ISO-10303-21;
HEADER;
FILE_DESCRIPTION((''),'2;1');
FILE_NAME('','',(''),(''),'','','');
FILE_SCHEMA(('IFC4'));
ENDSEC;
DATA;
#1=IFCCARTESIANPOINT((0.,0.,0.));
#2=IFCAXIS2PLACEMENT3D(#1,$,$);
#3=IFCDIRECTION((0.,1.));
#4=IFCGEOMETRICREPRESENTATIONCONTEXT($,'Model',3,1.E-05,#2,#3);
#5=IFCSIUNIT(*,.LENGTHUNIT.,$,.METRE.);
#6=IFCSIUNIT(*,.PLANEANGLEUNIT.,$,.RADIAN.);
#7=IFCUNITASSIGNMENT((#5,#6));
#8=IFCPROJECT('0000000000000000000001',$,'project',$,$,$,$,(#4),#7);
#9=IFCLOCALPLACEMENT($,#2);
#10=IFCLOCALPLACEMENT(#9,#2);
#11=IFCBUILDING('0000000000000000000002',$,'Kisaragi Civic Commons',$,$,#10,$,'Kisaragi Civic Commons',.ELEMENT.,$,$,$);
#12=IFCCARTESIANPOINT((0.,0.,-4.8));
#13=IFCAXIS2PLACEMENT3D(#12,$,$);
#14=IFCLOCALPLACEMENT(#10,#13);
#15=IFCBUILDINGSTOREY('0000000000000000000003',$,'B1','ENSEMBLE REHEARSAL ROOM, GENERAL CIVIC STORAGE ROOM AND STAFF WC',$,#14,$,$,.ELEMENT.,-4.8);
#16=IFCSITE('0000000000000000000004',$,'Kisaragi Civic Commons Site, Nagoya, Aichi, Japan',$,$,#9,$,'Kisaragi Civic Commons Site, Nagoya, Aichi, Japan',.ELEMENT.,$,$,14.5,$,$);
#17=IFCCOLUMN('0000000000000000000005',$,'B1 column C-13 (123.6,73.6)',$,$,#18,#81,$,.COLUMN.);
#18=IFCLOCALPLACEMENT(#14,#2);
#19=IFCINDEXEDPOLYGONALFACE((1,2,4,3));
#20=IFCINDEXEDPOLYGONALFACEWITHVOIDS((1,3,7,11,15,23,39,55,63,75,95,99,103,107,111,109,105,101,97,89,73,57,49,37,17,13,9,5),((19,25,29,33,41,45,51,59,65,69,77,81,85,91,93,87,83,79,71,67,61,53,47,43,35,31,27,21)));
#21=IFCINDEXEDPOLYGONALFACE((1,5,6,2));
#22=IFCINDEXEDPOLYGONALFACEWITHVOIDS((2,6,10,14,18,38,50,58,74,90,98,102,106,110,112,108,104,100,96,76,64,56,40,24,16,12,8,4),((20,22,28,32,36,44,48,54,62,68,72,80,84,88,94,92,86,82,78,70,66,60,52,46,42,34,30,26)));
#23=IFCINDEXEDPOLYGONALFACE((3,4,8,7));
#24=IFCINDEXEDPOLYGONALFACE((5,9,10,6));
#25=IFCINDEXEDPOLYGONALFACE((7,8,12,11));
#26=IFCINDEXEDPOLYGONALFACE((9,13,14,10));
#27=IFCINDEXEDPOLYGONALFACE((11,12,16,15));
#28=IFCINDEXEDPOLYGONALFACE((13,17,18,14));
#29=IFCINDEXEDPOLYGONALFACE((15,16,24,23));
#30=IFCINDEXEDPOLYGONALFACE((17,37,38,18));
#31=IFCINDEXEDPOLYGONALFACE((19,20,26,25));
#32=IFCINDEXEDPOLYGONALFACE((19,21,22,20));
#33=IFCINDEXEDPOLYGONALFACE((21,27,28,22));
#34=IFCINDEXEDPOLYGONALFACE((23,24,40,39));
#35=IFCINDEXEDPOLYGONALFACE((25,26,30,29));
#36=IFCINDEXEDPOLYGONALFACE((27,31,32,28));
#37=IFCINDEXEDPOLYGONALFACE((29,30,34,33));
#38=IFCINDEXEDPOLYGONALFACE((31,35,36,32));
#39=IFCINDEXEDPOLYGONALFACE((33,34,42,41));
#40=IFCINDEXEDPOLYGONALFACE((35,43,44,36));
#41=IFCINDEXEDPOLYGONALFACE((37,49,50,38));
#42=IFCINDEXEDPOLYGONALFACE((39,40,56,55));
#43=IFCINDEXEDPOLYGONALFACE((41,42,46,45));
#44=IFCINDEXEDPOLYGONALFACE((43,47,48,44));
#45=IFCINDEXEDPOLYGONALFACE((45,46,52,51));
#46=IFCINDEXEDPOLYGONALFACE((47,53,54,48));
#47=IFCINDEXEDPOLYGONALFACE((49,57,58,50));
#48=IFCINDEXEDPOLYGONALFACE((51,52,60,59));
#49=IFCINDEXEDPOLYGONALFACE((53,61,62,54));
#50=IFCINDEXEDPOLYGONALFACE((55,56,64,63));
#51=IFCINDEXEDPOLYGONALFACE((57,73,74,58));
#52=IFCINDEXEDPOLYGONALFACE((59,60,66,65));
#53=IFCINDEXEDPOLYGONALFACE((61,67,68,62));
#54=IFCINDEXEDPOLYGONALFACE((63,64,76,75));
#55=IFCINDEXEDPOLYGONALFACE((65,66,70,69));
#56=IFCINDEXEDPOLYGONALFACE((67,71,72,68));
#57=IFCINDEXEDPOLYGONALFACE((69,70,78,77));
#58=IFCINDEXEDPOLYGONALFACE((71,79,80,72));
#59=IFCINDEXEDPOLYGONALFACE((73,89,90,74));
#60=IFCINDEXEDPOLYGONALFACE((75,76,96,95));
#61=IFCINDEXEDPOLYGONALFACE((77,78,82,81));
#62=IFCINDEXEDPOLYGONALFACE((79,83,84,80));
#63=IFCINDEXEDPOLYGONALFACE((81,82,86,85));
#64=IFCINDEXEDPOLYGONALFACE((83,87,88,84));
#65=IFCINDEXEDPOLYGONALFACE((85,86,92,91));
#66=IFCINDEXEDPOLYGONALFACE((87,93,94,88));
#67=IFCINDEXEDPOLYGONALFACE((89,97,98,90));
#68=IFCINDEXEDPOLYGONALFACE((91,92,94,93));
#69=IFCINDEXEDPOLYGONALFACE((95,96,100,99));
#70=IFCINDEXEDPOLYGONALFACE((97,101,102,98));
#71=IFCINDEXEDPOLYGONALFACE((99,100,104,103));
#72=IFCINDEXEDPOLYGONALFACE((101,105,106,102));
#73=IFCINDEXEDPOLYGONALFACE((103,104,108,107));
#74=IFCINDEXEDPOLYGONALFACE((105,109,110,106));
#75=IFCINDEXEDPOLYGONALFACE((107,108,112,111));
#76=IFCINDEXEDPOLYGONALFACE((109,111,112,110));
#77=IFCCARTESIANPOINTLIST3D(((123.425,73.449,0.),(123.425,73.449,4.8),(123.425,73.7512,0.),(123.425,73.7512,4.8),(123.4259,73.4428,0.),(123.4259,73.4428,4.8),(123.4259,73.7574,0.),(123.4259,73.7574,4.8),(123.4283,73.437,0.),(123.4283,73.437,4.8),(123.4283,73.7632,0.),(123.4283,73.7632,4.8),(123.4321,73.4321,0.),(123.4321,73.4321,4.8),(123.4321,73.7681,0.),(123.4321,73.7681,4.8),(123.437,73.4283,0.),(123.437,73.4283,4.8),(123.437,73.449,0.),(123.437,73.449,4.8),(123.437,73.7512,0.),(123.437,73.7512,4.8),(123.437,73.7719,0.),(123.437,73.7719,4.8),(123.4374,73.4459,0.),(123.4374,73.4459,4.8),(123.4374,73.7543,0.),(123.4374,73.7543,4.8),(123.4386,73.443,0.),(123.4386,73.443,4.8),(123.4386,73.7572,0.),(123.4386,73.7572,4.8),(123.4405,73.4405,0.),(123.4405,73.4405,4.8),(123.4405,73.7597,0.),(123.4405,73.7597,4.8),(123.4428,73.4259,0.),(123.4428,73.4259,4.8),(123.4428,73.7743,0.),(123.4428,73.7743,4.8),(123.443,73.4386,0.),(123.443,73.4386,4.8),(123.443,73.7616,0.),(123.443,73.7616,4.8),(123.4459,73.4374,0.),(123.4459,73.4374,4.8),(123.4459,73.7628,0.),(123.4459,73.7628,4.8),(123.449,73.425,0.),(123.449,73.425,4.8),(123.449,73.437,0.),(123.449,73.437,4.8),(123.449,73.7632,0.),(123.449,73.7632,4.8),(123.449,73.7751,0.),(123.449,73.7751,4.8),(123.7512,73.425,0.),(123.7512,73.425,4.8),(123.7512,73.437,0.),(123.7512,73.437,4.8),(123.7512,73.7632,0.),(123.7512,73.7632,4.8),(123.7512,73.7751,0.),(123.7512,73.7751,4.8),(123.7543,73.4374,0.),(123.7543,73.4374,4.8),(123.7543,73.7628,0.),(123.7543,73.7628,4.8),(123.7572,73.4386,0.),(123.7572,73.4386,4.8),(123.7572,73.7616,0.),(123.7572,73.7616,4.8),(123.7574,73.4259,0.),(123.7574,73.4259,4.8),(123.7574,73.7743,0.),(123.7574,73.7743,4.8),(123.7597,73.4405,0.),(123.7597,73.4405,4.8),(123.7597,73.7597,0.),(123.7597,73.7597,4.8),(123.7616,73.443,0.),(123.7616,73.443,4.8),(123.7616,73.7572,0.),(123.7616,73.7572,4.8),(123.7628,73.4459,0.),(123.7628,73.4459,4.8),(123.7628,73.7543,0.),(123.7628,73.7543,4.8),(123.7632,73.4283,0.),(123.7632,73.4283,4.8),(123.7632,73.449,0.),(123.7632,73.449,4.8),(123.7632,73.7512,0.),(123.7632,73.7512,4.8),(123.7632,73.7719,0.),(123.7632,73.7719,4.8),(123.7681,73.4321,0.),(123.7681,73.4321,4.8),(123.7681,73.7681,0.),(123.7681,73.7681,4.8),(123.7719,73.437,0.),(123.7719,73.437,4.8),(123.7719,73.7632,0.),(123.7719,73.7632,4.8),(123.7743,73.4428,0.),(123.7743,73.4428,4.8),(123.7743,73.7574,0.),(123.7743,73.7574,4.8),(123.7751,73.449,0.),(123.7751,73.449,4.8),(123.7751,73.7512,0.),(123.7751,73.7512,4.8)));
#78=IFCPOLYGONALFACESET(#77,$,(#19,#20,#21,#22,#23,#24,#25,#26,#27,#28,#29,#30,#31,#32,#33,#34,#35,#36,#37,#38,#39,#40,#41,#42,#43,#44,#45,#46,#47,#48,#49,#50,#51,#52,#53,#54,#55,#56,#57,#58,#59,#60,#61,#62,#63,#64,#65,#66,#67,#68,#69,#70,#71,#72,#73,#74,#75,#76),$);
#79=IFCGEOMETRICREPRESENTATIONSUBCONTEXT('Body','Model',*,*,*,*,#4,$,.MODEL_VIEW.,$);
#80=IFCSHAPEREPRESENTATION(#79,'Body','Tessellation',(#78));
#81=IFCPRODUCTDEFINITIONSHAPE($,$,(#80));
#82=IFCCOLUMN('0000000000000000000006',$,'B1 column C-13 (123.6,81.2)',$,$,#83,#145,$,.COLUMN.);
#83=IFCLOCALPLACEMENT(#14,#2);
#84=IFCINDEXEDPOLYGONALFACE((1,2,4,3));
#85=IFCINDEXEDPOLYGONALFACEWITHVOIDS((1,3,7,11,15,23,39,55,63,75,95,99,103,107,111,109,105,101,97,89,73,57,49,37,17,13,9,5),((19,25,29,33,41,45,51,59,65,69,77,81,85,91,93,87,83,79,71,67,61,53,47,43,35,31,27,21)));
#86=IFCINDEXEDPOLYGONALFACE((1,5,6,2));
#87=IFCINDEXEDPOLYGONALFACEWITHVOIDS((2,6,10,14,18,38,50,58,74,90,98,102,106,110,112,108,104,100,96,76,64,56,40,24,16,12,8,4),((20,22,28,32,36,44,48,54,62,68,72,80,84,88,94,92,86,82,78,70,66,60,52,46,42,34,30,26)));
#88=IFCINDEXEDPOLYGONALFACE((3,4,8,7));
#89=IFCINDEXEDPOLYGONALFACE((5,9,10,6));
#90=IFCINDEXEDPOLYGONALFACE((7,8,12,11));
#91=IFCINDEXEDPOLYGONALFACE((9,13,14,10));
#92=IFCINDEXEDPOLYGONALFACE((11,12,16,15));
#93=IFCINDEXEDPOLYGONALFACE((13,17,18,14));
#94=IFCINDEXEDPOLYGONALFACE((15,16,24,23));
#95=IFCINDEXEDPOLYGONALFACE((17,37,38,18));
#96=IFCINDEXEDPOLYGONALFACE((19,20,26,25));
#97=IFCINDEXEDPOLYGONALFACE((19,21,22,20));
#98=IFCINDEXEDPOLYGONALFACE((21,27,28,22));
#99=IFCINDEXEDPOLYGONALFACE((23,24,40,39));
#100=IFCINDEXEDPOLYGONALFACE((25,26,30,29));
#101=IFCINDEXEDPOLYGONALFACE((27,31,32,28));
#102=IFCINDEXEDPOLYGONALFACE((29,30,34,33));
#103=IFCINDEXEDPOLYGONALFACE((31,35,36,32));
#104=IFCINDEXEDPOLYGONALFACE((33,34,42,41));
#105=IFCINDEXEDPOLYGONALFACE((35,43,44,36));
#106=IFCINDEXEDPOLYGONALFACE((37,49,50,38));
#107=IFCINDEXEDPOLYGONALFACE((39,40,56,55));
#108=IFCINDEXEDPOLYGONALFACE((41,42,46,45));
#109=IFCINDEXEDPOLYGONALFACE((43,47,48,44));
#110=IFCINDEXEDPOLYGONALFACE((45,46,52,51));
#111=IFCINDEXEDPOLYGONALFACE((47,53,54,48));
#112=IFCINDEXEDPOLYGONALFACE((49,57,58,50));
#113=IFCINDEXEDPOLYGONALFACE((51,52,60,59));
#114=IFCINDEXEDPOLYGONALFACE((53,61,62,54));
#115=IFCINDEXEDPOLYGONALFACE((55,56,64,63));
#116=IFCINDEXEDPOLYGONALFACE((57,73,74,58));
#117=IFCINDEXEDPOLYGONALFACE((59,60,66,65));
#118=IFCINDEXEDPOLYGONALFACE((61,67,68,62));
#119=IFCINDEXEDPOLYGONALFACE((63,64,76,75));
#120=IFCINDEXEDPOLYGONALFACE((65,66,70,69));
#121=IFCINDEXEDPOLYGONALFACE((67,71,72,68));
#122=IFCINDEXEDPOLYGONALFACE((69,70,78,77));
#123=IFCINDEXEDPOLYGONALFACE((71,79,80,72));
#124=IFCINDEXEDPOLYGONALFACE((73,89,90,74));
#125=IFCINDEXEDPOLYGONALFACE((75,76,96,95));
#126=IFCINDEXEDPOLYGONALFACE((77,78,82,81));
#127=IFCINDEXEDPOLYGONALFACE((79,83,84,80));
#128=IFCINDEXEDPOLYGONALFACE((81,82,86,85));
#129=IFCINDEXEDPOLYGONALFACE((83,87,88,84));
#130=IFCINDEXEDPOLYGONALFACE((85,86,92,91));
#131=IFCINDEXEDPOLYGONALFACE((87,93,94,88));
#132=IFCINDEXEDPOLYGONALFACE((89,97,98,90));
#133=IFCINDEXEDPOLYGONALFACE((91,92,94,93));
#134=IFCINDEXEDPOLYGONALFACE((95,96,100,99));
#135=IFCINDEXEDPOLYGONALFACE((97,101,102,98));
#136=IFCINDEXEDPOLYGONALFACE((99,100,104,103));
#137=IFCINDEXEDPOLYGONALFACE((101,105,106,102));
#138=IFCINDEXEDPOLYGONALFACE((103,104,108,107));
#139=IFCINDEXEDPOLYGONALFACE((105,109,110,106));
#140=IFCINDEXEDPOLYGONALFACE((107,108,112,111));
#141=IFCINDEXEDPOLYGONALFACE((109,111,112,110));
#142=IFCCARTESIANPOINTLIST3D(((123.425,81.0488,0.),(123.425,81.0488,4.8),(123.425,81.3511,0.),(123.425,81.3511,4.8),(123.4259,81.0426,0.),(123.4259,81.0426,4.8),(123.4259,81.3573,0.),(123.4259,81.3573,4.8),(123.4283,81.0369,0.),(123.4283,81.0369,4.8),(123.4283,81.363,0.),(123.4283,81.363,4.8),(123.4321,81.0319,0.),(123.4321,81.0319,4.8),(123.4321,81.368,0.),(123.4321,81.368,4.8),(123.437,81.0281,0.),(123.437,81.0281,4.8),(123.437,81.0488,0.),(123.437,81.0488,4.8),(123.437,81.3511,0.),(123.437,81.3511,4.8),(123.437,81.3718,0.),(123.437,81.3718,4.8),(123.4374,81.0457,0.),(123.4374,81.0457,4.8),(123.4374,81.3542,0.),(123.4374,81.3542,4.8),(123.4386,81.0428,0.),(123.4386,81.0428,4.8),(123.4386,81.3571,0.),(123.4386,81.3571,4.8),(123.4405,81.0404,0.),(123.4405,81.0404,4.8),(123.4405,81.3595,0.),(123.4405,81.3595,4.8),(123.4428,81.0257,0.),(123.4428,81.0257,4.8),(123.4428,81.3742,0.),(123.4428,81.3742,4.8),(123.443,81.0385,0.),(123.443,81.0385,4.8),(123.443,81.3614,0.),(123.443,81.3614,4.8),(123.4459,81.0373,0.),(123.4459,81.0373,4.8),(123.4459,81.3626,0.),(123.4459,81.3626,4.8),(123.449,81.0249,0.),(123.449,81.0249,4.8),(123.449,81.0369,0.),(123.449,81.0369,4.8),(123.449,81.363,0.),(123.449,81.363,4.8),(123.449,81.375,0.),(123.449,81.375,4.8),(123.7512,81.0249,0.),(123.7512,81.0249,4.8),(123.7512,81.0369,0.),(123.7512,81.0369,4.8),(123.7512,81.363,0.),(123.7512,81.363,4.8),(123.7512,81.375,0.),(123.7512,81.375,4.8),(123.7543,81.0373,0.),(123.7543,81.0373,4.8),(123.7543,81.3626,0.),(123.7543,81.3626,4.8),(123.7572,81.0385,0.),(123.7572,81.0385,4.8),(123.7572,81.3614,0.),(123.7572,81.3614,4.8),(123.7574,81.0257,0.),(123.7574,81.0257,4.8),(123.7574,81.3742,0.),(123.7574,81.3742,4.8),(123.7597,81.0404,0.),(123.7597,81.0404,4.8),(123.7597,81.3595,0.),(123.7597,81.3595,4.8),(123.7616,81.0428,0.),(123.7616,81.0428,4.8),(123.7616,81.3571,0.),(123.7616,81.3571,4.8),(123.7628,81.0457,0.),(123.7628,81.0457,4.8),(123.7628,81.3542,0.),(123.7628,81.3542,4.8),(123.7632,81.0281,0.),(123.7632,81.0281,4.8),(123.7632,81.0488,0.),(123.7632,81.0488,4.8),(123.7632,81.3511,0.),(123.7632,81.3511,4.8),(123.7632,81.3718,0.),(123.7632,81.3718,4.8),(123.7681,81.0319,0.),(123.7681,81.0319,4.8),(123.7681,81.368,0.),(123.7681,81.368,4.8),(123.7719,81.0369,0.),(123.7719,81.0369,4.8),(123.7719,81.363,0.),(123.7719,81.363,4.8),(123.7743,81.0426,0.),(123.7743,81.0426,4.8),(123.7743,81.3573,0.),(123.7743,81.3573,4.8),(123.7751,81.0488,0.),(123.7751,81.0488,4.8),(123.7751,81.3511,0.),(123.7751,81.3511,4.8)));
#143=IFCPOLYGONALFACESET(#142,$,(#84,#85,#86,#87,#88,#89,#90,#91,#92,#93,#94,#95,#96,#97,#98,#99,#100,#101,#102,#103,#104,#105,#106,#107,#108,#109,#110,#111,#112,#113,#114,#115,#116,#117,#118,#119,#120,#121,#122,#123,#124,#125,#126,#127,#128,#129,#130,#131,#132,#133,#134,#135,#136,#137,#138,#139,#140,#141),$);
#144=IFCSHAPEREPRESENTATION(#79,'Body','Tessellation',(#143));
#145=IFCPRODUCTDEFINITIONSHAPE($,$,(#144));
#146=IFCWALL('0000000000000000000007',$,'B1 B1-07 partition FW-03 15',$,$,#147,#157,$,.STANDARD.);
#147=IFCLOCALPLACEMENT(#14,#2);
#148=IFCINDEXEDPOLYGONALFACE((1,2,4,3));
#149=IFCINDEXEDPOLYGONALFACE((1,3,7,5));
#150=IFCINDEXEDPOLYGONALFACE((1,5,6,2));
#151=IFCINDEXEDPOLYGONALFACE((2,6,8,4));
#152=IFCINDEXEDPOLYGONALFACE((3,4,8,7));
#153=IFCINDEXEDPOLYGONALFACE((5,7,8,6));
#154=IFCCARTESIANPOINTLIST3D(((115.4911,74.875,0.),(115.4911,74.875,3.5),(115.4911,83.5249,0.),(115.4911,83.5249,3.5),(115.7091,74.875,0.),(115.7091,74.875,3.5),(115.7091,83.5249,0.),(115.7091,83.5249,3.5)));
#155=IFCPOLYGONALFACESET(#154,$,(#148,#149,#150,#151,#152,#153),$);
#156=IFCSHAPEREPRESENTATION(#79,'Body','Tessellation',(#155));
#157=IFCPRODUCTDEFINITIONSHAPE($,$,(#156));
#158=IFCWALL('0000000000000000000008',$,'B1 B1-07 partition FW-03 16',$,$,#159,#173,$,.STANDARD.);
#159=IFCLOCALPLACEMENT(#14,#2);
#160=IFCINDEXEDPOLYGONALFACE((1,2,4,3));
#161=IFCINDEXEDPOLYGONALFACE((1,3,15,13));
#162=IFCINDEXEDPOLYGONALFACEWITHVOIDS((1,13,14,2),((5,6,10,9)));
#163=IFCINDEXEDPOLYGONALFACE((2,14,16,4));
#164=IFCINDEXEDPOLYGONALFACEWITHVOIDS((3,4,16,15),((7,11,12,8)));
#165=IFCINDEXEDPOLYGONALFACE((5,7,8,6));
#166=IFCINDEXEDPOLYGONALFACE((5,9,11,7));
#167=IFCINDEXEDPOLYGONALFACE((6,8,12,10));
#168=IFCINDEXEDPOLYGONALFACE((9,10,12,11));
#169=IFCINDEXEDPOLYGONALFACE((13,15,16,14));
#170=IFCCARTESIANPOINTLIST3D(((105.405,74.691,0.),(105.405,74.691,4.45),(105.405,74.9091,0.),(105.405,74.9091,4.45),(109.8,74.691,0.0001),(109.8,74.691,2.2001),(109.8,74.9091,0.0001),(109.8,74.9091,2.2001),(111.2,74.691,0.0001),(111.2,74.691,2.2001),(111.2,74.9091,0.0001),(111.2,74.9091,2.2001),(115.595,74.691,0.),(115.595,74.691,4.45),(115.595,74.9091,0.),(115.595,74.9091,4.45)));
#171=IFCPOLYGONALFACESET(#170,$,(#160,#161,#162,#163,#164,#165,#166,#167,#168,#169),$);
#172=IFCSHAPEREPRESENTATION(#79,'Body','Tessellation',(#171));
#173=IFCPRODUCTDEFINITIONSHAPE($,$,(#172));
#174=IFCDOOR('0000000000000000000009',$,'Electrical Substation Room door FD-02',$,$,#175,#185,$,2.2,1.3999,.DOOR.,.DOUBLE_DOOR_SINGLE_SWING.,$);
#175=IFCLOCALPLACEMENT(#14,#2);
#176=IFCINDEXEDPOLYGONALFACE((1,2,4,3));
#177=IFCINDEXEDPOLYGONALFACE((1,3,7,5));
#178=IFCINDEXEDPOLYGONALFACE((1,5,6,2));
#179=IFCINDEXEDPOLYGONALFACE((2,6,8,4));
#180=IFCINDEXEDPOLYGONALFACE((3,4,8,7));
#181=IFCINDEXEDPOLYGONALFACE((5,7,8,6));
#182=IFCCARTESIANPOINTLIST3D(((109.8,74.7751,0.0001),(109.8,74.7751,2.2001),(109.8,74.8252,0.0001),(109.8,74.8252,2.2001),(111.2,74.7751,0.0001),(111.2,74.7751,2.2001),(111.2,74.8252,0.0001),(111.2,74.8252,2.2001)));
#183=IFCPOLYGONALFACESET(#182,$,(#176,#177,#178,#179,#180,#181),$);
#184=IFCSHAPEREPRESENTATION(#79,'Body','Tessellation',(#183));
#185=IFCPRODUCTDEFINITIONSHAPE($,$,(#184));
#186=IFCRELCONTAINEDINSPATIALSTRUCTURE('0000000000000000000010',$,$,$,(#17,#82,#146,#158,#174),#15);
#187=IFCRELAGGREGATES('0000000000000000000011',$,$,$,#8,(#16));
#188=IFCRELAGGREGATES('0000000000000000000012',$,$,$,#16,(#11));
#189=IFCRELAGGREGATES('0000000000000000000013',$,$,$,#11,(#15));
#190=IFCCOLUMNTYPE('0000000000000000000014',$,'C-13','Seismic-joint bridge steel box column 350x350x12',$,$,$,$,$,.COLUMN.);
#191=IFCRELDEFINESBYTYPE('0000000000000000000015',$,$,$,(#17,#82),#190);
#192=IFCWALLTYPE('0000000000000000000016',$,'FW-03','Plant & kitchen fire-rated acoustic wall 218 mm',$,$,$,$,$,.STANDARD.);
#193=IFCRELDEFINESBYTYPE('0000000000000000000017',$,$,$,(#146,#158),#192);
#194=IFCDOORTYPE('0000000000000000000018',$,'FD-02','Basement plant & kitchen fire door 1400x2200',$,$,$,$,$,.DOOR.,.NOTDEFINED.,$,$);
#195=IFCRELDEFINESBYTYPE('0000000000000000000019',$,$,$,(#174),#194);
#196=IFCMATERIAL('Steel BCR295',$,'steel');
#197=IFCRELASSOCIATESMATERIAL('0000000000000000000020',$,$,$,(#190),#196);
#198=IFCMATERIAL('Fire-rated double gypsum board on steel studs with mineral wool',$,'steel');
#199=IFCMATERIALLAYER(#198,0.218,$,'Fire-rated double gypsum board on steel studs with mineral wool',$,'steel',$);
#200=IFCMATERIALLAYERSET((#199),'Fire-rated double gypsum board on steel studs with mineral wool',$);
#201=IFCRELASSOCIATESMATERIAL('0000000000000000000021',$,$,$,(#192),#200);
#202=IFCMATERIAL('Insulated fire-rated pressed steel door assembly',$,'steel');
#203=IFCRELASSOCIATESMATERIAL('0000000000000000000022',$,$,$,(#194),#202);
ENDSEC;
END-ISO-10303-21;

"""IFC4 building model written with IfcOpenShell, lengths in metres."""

from ifc_helpers import new_model, si_unit, direction, frame, frame_2d, origin, origin_2d, place, context, subcontext, project, spatial, rectangle, hollow_rectangle, extrude, material, layer, layer_set, material_profile, profile_set, type_object, element, fill, save


model = new_model("IFC4")

# Units and contexts
model_context = context("Model", 3, precision=1e-05, world=origin(), true_north=direction((0.0, 1.0)))
body_context = subcontext(model_context, "Body", "Model", "MODEL_VIEW")
ifc_project = project(units=[si_unit("LENGTHUNIT", "METRE"), si_unit("PLANEANGLEUNIT", "RADIAN")], contexts=[model_context])

# Site, building, storey
site_placement = place(None, origin())
site = spatial("IfcSite", under=ifc_project, at=site_placement, Name="Kisaragi Civic Commons Site, Nagoya, Aichi, Japan", LongName="Kisaragi Civic Commons Site, Nagoya, Aichi, Japan", CompositionType="ELEMENT", RefElevation=14.5)
building_placement = place(site_placement, origin())
building = spatial("IfcBuilding", under=site, at=building_placement, Name="Kisaragi Civic Commons", LongName="Kisaragi Civic Commons", CompositionType="ELEMENT")
storey_placement = place(building_placement, frame((0.0, 0.0, -4.8)))
storey = spatial("IfcBuildingStorey", under=building, at=storey_placement, Name="B1", Description="ENSEMBLE REHEARSAL ROOM, GENERAL CIVIC STORAGE ROOM AND STAFF WC", CompositionType="ELEMENT", Elevation=-4.8)

# Columns
ifc_material_1 = material(Name="Steel BCR295", Category="steel")
ifc_material_profile_1 = material_profile(ifc_material_1, hollow_rectangle(XDim=0.3501, YDim=0.3501, WallThickness=0.012, InnerFilletRadius=0.012, OuterFilletRadius=0.0239, at=origin_2d()), Name="BCR-350x350x12", Category="steel")
ifc_profile_set_1 = profile_set([ifc_material_profile_1], Name="Steel BCR295")
column_type_1 = type_object("IfcColumnType", Name="C-13", Description="Seismic-joint bridge steel box column 350x350x12", PredefinedType="COLUMN", material=ifc_profile_set_1)
for number, where, z_axis, x_axis, name in (
    (1, (123.6001, 73.6001, 0.0), (0.0, 0.0, 1.0), (1.0, 0.0, 0.0), "B1 column C-13 (123.6,73.6)"),
    (2, (123.6001, 81.2, 0.0), (0.0, 0.0, 1.0), (1.0, 0.0, 0.0), "B1 column C-13 (123.6,81.2)"),
):
    element("IfcColumn", number, at=place(storey_placement, frame(where, z_axis=z_axis, x_axis=x_axis)), inside=storey, type_object=column_type_1, Name=name, PredefinedType="COLUMN", context=body_context, shape_type="SweptSolid", body=[
        extrude(hollow_rectangle(XDim=0.3501, YDim=0.3501, WallThickness=0.012, InnerFilletRadius=0.012, OuterFilletRadius=0.0239, at=origin_2d()), origin(), (0.0, 0.0, 1.0), 4.8),
    ])

# Wall
ifc_material_2 = material(Name="Fire-rated double gypsum board on steel studs with mineral wool", Category="steel")
ifc_layer = layer(ifc_material_2, 0.218, Name="Fire-rated double gypsum board on steel studs with mineral wool", Category="steel")
ifc_layer_set = layer_set([ifc_layer], Name="Fire-rated double gypsum board on steel studs with mineral wool")
wall_type = type_object("IfcWallType", Name="FW-03", Description="Plant & kitchen fire-rated acoustic wall 218 mm", PredefinedType="STANDARD", material=ifc_layer_set)
wall_1_placement = place(storey_placement, frame((115.6001, 83.5249, 0.0), z_axis=(0.0, 0.0, 1.0), x_axis=(0.0, -1.0, 0.0)))
element("IfcWall", 3, at=wall_1_placement, inside=storey, type_object=wall_type, Name="B1 B1-07 partition FW-03 15", PredefinedType="STANDARD", context=body_context, shape_type="SweptSolid", body=[
    extrude(rectangle(XDim=8.6499, YDim=0.218, at=frame_2d((4.325, 0.0))), origin(), (0.0, 0.0, 1.0), 3.5),
])

# Wall, opening, door
wall_2_placement = place(storey_placement, frame((115.595, 74.8, 0.0), z_axis=(0.0, 0.0, 1.0), x_axis=(-1.0, 0.0, 0.0)))
wall_2 = element("IfcWall", 4, at=wall_2_placement, inside=storey, type_object=wall_type, Name="B1 B1-07 partition FW-03 16", PredefinedType="STANDARD", context=body_context, shape_type="SweptSolid", body=[
    extrude(rectangle(XDim=10.1899, YDim=0.218, at=frame_2d((5.095, 0.0))), origin(), (0.0, 0.0, 1.0), 4.45),
])
opening_placement = place(wall_2_placement, frame((4.395, 0.0, 0.0)))
opening = element("IfcOpeningElement", 5, at=opening_placement, cuts=wall_2, PredefinedType="OPENING", context=body_context, shape_type="SweptSolid", body=[
    extrude(rectangle(XDim=1.3999, YDim=2.2, at=frame_2d((0.7, 1.1001))), frame((0.0, 0.1189, 0.0), z_axis=(0.0, -1.0, 0.0), x_axis=(1.0, 0.0, 0.0)), (0.0, 0.0, 1.0), 0.238),
])
ifc_material_3 = material(Name="Insulated fire-rated pressed steel door assembly", Category="steel")
door_type = type_object("IfcDoorType", Name="FD-02", Description="Basement plant & kitchen fire door 1400x2200", OperationType="NOTDEFINED", PredefinedType="DOOR", material=ifc_material_3)
door_placement = place(opening_placement, origin())
door = element("IfcDoor", 6, at=door_placement, inside=storey, type_object=door_type, Name="Electrical Substation Room door FD-02", OperationType="DOUBLE_DOOR_SINGLE_SWING", OverallHeight=2.2, OverallWidth=1.3999, PredefinedType="DOOR", context=body_context, shape_type="SweptSolid", body=[
    extrude(rectangle(XDim=1.3999, YDim=2.2, at=frame_2d((0.7, 1.1001))), frame((0.0, 0.0249, 0.0), z_axis=(0.0, -1.0, 0.0), x_axis=(1.0, 0.0, 0.0)), (0.0, 0.0, 1.0), 0.05),
])
fill(opening, door)

save(model, "model.ifc")
